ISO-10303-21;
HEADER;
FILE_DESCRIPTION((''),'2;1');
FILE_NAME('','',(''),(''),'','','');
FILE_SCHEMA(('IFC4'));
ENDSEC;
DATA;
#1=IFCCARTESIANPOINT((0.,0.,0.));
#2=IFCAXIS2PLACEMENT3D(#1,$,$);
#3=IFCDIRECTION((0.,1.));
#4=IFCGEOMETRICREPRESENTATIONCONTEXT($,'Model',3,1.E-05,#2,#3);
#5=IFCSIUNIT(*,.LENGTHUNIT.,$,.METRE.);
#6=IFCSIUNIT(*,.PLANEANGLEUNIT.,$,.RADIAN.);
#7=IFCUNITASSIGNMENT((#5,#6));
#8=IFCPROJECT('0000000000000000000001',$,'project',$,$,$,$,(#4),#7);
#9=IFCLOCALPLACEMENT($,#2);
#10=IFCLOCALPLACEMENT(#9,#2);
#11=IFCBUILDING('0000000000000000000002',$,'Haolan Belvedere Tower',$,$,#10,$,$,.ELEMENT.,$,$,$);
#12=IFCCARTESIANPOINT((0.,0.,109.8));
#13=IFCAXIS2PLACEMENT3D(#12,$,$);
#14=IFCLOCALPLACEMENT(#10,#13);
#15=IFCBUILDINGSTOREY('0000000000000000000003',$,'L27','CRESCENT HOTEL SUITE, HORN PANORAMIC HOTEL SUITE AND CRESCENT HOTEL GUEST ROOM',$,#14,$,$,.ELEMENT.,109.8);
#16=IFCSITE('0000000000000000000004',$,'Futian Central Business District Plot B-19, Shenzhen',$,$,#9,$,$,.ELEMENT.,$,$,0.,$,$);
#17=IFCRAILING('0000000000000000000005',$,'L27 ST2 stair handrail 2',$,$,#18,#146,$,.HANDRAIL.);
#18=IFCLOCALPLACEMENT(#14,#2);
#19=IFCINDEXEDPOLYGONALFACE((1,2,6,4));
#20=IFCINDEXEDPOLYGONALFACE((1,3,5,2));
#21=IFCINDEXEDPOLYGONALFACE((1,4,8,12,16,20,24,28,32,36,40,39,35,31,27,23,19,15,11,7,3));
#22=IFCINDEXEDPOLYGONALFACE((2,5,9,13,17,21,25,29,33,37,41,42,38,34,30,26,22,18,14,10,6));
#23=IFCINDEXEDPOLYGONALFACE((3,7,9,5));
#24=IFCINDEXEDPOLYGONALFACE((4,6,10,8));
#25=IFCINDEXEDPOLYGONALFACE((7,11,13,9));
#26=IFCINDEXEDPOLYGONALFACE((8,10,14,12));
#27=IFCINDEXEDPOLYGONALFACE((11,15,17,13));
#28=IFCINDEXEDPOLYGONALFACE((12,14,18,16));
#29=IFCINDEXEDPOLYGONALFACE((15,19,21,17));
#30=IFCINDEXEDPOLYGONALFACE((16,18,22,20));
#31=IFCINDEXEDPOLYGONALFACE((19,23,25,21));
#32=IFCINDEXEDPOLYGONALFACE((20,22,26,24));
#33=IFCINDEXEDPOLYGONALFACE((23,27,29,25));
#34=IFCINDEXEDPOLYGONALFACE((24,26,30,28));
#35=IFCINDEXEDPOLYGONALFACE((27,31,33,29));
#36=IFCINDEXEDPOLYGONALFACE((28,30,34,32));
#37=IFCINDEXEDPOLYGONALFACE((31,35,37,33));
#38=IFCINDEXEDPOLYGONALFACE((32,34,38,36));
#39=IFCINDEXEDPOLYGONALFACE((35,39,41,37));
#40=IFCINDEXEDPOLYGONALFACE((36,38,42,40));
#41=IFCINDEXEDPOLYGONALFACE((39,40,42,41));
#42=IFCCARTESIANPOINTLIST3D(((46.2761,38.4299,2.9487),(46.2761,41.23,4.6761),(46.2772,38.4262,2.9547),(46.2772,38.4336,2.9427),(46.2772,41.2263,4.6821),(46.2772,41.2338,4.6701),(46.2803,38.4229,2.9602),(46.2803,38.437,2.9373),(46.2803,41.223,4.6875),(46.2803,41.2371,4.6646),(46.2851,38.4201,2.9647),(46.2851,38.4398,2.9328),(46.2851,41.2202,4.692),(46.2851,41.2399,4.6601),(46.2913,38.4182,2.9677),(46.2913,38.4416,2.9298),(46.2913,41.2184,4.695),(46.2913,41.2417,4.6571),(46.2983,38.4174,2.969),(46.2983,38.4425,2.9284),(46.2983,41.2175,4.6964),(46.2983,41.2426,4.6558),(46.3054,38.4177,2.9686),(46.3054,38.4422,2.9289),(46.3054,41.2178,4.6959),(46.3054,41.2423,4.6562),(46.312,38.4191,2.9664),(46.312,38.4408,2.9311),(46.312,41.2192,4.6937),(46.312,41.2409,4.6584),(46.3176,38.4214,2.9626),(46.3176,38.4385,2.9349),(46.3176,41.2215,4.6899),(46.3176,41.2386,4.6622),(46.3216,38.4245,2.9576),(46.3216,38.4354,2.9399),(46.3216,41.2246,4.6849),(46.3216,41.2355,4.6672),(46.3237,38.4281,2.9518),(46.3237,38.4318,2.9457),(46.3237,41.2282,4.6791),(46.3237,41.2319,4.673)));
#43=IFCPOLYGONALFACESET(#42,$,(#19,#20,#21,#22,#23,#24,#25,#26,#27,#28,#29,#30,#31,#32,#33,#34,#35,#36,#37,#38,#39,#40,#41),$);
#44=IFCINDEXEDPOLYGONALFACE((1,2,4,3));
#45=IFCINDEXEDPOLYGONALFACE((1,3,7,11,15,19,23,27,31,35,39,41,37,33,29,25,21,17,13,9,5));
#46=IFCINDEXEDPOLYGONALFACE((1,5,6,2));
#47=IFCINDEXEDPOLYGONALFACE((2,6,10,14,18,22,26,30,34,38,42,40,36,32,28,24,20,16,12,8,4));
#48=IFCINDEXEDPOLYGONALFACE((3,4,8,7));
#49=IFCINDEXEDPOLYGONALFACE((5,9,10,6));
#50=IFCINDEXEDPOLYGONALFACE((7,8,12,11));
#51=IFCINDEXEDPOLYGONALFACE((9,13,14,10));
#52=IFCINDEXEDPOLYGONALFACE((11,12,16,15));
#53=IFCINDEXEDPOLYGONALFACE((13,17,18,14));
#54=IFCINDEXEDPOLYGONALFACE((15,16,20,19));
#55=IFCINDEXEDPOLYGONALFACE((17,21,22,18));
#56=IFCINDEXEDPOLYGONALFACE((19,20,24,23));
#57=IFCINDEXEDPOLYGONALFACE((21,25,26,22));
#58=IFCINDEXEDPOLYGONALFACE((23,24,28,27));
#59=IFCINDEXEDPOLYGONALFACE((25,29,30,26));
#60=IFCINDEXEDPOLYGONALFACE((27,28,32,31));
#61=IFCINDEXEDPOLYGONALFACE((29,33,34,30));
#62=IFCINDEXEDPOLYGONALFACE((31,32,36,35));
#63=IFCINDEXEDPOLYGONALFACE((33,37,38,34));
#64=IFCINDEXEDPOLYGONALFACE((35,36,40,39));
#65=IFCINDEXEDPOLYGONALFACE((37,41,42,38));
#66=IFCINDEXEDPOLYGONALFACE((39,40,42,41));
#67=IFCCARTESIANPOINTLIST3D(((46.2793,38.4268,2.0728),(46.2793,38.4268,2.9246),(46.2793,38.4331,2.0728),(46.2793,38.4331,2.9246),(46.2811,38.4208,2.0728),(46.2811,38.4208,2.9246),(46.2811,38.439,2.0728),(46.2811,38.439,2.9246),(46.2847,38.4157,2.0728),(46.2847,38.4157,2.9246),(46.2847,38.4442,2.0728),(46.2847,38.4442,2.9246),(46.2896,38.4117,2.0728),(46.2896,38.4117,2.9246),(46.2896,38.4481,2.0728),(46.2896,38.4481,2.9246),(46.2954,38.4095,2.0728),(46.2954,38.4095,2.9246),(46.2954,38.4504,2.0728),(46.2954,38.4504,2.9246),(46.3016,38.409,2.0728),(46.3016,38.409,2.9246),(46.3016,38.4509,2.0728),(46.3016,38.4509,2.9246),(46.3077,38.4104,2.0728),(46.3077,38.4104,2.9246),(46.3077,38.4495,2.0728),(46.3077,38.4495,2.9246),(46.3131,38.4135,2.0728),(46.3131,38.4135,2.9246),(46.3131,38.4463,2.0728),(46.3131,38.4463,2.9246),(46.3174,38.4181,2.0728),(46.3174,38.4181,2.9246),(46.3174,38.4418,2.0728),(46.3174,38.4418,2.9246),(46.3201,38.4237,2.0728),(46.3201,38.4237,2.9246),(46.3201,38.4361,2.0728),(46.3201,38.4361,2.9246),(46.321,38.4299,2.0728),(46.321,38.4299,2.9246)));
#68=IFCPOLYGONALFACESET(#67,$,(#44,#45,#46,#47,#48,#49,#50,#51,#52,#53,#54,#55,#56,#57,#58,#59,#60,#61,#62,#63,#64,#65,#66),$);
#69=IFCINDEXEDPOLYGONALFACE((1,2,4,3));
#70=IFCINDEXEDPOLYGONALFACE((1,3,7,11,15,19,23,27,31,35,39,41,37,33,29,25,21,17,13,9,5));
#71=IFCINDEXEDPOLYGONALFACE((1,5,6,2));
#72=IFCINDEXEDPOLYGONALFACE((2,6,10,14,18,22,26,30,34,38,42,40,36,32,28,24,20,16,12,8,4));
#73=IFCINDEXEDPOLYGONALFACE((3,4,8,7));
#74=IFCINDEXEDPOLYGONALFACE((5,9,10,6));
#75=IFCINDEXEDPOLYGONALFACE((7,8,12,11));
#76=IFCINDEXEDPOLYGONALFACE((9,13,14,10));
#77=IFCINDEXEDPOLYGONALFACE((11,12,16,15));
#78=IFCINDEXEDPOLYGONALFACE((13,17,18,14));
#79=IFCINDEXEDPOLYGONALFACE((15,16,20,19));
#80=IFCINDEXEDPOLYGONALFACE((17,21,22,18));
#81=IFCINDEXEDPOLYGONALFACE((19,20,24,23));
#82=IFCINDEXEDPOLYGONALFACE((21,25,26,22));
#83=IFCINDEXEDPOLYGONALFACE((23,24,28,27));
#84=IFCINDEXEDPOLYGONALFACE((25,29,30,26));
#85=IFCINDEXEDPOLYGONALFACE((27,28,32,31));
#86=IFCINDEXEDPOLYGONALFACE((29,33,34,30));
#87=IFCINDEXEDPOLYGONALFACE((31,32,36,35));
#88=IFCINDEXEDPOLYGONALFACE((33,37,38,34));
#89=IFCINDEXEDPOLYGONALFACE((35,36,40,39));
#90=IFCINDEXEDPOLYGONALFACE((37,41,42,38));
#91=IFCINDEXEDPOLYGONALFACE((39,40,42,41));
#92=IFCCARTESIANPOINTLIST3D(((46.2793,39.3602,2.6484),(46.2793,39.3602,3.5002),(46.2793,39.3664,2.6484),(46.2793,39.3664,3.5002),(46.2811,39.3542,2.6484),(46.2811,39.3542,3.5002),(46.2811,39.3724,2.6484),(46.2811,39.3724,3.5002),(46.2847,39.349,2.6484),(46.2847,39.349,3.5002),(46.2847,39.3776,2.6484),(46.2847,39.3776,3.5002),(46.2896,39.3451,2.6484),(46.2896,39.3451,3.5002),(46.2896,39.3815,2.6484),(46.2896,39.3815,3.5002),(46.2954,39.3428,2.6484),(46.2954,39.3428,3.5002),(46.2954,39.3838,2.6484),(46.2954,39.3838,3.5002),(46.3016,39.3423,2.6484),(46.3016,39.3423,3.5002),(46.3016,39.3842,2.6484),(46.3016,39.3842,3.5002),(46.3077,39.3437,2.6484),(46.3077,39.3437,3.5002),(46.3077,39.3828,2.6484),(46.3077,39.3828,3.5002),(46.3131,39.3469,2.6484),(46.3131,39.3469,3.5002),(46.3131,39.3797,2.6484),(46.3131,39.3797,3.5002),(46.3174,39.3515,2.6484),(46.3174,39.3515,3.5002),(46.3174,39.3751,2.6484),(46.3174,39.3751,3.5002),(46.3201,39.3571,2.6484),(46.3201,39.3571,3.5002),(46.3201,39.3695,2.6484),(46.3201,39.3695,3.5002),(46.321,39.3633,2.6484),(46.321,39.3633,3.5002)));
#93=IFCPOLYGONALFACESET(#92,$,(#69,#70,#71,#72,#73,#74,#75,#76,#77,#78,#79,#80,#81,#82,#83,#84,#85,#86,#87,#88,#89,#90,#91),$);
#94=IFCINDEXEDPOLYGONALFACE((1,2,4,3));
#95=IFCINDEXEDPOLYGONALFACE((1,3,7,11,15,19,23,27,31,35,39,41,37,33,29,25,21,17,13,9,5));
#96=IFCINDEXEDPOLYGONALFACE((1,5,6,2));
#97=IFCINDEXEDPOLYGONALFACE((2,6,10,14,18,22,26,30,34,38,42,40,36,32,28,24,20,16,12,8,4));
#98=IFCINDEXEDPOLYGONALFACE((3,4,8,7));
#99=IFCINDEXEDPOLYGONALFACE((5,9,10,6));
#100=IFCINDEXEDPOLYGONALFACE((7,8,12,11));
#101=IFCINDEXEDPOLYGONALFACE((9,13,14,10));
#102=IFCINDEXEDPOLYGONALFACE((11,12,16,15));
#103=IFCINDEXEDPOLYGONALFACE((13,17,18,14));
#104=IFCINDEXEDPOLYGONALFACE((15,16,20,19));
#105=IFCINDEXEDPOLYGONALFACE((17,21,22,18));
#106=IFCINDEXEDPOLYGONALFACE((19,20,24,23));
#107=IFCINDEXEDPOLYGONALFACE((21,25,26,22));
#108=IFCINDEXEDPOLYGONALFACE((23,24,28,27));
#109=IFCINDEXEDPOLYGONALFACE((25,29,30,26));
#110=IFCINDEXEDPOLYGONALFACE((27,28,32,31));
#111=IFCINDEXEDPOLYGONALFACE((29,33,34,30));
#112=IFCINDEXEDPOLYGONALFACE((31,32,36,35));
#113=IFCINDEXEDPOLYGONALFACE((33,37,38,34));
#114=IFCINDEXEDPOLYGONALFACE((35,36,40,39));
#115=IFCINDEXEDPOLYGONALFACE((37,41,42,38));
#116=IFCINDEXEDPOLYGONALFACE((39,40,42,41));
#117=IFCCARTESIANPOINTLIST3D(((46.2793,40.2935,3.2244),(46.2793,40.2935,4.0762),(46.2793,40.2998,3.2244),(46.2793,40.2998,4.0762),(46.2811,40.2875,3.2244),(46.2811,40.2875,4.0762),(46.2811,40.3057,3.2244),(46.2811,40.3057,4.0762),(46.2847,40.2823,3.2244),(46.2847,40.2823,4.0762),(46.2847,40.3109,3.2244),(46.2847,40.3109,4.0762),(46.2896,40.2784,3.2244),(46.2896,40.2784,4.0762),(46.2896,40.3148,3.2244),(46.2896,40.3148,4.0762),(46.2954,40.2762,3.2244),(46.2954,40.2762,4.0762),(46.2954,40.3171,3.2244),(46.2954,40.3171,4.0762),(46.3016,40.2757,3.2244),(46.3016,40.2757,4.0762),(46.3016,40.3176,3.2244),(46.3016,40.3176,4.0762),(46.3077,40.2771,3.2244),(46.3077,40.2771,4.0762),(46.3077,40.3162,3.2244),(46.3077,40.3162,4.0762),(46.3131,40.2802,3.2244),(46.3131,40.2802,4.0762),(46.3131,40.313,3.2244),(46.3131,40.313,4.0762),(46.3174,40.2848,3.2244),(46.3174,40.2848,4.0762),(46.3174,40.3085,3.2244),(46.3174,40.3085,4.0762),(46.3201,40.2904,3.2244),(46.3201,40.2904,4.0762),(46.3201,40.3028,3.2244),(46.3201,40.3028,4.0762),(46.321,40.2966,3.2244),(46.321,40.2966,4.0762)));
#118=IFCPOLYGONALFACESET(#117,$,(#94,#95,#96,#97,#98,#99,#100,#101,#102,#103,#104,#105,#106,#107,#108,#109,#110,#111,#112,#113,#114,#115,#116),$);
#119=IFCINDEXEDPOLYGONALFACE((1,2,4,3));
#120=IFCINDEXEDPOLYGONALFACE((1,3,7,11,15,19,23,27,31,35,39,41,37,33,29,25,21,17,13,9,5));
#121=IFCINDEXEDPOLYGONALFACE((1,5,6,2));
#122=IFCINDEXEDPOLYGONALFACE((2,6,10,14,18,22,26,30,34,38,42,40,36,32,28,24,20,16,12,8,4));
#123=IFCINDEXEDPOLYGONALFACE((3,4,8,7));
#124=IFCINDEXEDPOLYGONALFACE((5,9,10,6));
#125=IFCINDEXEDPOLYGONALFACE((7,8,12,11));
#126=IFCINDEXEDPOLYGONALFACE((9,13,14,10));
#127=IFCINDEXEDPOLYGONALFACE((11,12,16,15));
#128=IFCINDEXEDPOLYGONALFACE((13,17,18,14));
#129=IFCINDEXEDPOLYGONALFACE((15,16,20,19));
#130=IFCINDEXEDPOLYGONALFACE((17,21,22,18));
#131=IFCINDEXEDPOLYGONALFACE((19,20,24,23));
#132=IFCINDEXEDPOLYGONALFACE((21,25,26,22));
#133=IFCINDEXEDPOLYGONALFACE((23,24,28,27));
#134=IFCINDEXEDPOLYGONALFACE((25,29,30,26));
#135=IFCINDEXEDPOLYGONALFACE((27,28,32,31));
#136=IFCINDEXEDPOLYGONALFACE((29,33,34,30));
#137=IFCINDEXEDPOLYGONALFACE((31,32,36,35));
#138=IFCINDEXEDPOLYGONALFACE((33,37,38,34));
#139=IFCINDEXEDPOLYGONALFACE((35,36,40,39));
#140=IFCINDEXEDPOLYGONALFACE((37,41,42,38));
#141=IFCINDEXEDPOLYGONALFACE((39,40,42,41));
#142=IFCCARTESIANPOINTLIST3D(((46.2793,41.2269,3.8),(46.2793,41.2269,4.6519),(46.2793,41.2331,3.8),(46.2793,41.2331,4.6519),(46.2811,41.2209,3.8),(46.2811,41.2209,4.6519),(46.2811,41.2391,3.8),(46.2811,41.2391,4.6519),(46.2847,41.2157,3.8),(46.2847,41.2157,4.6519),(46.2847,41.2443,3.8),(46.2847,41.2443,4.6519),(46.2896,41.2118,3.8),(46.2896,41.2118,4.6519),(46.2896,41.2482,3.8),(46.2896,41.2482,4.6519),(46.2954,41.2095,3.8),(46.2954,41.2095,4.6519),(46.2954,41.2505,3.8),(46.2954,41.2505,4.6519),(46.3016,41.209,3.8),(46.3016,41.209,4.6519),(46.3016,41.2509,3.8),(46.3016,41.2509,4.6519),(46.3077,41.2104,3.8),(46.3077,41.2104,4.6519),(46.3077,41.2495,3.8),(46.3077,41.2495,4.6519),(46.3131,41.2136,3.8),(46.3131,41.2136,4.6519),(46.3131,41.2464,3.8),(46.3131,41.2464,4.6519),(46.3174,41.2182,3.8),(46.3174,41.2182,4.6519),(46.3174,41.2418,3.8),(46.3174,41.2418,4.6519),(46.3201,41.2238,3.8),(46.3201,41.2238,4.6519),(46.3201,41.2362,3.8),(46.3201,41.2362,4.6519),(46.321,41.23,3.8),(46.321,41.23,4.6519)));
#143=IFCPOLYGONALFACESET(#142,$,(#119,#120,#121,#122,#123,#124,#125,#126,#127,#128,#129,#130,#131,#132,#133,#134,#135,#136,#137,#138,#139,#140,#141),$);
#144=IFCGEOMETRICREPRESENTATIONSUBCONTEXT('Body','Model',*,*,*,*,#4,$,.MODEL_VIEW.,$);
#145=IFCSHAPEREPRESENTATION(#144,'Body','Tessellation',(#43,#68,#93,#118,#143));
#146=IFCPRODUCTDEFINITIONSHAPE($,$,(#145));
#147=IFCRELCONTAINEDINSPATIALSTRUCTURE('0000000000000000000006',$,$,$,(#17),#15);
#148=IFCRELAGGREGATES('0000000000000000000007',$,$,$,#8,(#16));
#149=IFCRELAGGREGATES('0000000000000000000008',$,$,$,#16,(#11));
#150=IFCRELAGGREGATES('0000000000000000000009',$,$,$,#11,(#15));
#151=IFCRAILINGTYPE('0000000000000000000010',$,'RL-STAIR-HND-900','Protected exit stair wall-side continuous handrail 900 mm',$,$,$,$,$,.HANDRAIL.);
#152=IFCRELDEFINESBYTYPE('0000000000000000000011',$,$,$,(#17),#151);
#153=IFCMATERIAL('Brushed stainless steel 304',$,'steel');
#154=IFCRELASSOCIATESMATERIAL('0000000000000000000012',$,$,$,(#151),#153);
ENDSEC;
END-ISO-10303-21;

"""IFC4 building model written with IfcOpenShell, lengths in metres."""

from ifc_helpers import new_model, si_unit, direction, frame, origin, origin_2d, place, context, subcontext, project, spatial, circle, extrude, material, type_object, element, save


model = new_model("IFC4")

# Units and contexts
model_context = context("Model", 3, precision=1e-05, world=origin(), true_north=direction((0.0, 1.0)))
body_context = subcontext(model_context, "Body", "Model", "MODEL_VIEW")
ifc_project = project(units=[si_unit("LENGTHUNIT", "METRE"), si_unit("PLANEANGLEUNIT", "RADIAN")], contexts=[model_context])

# Site, building, storey
site_placement = place(None, origin())
site = spatial("IfcSite", under=ifc_project, at=site_placement, Name="Futian Central Business District Plot B-19, Shenzhen", CompositionType="ELEMENT", RefElevation=0.0)
building_placement = place(site_placement, origin())
building = spatial("IfcBuilding", under=site, at=building_placement, Name="Haolan Belvedere Tower", CompositionType="ELEMENT")
storey_placement = place(building_placement, frame((0.0, 0.0, 109.8)))
storey = spatial("IfcBuildingStorey", under=building, at=storey_placement, Name="L27", Description="CRESCENT HOTEL SUITE, HORN PANORAMIC HOTEL SUITE AND CRESCENT HOTEL GUEST ROOM", CompositionType="ELEMENT", Elevation=109.8)

# Railing
ifc_material_1 = material(Name="Brushed stainless steel 304", Category="steel")
railing_type = type_object("IfcRailingType", Name="RL-STAIR-HND-900", Description="Protected exit stair wall-side continuous handrail 900 mm", PredefinedType="HANDRAIL", material=ifc_material_1)
railing_placement = place(storey_placement, frame((46.3, 38.4299, 2.0728)))
element("IfcRailing", 1, at=railing_placement, inside=storey, type_object=railing_type, Name="L27 ST2 stair handrail 2", PredefinedType="HANDRAIL", context=body_context, shape_type="SweptSolid", body=[
    extrude(circle(Radius=0.0239, at=origin_2d()), frame((0.0, 0.0, 0.876), z_axis=(0.0, 0.85109, 0.52502), x_axis=(-1.0, 0.0, 0.0)), (0.0, 0.0, 1.0), 3.29),
    extrude(circle(Radius=0.021, at=origin_2d()), origin(), (0.0, 0.0, 1.0), 0.8518),
    extrude(circle(Radius=0.021, at=origin_2d()), frame((0.0, 0.9333, 0.5757)), (0.0, 0.0, 1.0), 0.8518),
    extrude(circle(Radius=0.021, at=origin_2d()), frame((0.0, 1.8667, 1.1516)), (0.0, 0.0, 1.0), 0.8518),
    extrude(circle(Radius=0.021, at=origin_2d()), frame((0.0, 2.8, 1.7273)), (0.0, 0.0, 1.0), 0.8518),
])

save(model, "model.ifc")
